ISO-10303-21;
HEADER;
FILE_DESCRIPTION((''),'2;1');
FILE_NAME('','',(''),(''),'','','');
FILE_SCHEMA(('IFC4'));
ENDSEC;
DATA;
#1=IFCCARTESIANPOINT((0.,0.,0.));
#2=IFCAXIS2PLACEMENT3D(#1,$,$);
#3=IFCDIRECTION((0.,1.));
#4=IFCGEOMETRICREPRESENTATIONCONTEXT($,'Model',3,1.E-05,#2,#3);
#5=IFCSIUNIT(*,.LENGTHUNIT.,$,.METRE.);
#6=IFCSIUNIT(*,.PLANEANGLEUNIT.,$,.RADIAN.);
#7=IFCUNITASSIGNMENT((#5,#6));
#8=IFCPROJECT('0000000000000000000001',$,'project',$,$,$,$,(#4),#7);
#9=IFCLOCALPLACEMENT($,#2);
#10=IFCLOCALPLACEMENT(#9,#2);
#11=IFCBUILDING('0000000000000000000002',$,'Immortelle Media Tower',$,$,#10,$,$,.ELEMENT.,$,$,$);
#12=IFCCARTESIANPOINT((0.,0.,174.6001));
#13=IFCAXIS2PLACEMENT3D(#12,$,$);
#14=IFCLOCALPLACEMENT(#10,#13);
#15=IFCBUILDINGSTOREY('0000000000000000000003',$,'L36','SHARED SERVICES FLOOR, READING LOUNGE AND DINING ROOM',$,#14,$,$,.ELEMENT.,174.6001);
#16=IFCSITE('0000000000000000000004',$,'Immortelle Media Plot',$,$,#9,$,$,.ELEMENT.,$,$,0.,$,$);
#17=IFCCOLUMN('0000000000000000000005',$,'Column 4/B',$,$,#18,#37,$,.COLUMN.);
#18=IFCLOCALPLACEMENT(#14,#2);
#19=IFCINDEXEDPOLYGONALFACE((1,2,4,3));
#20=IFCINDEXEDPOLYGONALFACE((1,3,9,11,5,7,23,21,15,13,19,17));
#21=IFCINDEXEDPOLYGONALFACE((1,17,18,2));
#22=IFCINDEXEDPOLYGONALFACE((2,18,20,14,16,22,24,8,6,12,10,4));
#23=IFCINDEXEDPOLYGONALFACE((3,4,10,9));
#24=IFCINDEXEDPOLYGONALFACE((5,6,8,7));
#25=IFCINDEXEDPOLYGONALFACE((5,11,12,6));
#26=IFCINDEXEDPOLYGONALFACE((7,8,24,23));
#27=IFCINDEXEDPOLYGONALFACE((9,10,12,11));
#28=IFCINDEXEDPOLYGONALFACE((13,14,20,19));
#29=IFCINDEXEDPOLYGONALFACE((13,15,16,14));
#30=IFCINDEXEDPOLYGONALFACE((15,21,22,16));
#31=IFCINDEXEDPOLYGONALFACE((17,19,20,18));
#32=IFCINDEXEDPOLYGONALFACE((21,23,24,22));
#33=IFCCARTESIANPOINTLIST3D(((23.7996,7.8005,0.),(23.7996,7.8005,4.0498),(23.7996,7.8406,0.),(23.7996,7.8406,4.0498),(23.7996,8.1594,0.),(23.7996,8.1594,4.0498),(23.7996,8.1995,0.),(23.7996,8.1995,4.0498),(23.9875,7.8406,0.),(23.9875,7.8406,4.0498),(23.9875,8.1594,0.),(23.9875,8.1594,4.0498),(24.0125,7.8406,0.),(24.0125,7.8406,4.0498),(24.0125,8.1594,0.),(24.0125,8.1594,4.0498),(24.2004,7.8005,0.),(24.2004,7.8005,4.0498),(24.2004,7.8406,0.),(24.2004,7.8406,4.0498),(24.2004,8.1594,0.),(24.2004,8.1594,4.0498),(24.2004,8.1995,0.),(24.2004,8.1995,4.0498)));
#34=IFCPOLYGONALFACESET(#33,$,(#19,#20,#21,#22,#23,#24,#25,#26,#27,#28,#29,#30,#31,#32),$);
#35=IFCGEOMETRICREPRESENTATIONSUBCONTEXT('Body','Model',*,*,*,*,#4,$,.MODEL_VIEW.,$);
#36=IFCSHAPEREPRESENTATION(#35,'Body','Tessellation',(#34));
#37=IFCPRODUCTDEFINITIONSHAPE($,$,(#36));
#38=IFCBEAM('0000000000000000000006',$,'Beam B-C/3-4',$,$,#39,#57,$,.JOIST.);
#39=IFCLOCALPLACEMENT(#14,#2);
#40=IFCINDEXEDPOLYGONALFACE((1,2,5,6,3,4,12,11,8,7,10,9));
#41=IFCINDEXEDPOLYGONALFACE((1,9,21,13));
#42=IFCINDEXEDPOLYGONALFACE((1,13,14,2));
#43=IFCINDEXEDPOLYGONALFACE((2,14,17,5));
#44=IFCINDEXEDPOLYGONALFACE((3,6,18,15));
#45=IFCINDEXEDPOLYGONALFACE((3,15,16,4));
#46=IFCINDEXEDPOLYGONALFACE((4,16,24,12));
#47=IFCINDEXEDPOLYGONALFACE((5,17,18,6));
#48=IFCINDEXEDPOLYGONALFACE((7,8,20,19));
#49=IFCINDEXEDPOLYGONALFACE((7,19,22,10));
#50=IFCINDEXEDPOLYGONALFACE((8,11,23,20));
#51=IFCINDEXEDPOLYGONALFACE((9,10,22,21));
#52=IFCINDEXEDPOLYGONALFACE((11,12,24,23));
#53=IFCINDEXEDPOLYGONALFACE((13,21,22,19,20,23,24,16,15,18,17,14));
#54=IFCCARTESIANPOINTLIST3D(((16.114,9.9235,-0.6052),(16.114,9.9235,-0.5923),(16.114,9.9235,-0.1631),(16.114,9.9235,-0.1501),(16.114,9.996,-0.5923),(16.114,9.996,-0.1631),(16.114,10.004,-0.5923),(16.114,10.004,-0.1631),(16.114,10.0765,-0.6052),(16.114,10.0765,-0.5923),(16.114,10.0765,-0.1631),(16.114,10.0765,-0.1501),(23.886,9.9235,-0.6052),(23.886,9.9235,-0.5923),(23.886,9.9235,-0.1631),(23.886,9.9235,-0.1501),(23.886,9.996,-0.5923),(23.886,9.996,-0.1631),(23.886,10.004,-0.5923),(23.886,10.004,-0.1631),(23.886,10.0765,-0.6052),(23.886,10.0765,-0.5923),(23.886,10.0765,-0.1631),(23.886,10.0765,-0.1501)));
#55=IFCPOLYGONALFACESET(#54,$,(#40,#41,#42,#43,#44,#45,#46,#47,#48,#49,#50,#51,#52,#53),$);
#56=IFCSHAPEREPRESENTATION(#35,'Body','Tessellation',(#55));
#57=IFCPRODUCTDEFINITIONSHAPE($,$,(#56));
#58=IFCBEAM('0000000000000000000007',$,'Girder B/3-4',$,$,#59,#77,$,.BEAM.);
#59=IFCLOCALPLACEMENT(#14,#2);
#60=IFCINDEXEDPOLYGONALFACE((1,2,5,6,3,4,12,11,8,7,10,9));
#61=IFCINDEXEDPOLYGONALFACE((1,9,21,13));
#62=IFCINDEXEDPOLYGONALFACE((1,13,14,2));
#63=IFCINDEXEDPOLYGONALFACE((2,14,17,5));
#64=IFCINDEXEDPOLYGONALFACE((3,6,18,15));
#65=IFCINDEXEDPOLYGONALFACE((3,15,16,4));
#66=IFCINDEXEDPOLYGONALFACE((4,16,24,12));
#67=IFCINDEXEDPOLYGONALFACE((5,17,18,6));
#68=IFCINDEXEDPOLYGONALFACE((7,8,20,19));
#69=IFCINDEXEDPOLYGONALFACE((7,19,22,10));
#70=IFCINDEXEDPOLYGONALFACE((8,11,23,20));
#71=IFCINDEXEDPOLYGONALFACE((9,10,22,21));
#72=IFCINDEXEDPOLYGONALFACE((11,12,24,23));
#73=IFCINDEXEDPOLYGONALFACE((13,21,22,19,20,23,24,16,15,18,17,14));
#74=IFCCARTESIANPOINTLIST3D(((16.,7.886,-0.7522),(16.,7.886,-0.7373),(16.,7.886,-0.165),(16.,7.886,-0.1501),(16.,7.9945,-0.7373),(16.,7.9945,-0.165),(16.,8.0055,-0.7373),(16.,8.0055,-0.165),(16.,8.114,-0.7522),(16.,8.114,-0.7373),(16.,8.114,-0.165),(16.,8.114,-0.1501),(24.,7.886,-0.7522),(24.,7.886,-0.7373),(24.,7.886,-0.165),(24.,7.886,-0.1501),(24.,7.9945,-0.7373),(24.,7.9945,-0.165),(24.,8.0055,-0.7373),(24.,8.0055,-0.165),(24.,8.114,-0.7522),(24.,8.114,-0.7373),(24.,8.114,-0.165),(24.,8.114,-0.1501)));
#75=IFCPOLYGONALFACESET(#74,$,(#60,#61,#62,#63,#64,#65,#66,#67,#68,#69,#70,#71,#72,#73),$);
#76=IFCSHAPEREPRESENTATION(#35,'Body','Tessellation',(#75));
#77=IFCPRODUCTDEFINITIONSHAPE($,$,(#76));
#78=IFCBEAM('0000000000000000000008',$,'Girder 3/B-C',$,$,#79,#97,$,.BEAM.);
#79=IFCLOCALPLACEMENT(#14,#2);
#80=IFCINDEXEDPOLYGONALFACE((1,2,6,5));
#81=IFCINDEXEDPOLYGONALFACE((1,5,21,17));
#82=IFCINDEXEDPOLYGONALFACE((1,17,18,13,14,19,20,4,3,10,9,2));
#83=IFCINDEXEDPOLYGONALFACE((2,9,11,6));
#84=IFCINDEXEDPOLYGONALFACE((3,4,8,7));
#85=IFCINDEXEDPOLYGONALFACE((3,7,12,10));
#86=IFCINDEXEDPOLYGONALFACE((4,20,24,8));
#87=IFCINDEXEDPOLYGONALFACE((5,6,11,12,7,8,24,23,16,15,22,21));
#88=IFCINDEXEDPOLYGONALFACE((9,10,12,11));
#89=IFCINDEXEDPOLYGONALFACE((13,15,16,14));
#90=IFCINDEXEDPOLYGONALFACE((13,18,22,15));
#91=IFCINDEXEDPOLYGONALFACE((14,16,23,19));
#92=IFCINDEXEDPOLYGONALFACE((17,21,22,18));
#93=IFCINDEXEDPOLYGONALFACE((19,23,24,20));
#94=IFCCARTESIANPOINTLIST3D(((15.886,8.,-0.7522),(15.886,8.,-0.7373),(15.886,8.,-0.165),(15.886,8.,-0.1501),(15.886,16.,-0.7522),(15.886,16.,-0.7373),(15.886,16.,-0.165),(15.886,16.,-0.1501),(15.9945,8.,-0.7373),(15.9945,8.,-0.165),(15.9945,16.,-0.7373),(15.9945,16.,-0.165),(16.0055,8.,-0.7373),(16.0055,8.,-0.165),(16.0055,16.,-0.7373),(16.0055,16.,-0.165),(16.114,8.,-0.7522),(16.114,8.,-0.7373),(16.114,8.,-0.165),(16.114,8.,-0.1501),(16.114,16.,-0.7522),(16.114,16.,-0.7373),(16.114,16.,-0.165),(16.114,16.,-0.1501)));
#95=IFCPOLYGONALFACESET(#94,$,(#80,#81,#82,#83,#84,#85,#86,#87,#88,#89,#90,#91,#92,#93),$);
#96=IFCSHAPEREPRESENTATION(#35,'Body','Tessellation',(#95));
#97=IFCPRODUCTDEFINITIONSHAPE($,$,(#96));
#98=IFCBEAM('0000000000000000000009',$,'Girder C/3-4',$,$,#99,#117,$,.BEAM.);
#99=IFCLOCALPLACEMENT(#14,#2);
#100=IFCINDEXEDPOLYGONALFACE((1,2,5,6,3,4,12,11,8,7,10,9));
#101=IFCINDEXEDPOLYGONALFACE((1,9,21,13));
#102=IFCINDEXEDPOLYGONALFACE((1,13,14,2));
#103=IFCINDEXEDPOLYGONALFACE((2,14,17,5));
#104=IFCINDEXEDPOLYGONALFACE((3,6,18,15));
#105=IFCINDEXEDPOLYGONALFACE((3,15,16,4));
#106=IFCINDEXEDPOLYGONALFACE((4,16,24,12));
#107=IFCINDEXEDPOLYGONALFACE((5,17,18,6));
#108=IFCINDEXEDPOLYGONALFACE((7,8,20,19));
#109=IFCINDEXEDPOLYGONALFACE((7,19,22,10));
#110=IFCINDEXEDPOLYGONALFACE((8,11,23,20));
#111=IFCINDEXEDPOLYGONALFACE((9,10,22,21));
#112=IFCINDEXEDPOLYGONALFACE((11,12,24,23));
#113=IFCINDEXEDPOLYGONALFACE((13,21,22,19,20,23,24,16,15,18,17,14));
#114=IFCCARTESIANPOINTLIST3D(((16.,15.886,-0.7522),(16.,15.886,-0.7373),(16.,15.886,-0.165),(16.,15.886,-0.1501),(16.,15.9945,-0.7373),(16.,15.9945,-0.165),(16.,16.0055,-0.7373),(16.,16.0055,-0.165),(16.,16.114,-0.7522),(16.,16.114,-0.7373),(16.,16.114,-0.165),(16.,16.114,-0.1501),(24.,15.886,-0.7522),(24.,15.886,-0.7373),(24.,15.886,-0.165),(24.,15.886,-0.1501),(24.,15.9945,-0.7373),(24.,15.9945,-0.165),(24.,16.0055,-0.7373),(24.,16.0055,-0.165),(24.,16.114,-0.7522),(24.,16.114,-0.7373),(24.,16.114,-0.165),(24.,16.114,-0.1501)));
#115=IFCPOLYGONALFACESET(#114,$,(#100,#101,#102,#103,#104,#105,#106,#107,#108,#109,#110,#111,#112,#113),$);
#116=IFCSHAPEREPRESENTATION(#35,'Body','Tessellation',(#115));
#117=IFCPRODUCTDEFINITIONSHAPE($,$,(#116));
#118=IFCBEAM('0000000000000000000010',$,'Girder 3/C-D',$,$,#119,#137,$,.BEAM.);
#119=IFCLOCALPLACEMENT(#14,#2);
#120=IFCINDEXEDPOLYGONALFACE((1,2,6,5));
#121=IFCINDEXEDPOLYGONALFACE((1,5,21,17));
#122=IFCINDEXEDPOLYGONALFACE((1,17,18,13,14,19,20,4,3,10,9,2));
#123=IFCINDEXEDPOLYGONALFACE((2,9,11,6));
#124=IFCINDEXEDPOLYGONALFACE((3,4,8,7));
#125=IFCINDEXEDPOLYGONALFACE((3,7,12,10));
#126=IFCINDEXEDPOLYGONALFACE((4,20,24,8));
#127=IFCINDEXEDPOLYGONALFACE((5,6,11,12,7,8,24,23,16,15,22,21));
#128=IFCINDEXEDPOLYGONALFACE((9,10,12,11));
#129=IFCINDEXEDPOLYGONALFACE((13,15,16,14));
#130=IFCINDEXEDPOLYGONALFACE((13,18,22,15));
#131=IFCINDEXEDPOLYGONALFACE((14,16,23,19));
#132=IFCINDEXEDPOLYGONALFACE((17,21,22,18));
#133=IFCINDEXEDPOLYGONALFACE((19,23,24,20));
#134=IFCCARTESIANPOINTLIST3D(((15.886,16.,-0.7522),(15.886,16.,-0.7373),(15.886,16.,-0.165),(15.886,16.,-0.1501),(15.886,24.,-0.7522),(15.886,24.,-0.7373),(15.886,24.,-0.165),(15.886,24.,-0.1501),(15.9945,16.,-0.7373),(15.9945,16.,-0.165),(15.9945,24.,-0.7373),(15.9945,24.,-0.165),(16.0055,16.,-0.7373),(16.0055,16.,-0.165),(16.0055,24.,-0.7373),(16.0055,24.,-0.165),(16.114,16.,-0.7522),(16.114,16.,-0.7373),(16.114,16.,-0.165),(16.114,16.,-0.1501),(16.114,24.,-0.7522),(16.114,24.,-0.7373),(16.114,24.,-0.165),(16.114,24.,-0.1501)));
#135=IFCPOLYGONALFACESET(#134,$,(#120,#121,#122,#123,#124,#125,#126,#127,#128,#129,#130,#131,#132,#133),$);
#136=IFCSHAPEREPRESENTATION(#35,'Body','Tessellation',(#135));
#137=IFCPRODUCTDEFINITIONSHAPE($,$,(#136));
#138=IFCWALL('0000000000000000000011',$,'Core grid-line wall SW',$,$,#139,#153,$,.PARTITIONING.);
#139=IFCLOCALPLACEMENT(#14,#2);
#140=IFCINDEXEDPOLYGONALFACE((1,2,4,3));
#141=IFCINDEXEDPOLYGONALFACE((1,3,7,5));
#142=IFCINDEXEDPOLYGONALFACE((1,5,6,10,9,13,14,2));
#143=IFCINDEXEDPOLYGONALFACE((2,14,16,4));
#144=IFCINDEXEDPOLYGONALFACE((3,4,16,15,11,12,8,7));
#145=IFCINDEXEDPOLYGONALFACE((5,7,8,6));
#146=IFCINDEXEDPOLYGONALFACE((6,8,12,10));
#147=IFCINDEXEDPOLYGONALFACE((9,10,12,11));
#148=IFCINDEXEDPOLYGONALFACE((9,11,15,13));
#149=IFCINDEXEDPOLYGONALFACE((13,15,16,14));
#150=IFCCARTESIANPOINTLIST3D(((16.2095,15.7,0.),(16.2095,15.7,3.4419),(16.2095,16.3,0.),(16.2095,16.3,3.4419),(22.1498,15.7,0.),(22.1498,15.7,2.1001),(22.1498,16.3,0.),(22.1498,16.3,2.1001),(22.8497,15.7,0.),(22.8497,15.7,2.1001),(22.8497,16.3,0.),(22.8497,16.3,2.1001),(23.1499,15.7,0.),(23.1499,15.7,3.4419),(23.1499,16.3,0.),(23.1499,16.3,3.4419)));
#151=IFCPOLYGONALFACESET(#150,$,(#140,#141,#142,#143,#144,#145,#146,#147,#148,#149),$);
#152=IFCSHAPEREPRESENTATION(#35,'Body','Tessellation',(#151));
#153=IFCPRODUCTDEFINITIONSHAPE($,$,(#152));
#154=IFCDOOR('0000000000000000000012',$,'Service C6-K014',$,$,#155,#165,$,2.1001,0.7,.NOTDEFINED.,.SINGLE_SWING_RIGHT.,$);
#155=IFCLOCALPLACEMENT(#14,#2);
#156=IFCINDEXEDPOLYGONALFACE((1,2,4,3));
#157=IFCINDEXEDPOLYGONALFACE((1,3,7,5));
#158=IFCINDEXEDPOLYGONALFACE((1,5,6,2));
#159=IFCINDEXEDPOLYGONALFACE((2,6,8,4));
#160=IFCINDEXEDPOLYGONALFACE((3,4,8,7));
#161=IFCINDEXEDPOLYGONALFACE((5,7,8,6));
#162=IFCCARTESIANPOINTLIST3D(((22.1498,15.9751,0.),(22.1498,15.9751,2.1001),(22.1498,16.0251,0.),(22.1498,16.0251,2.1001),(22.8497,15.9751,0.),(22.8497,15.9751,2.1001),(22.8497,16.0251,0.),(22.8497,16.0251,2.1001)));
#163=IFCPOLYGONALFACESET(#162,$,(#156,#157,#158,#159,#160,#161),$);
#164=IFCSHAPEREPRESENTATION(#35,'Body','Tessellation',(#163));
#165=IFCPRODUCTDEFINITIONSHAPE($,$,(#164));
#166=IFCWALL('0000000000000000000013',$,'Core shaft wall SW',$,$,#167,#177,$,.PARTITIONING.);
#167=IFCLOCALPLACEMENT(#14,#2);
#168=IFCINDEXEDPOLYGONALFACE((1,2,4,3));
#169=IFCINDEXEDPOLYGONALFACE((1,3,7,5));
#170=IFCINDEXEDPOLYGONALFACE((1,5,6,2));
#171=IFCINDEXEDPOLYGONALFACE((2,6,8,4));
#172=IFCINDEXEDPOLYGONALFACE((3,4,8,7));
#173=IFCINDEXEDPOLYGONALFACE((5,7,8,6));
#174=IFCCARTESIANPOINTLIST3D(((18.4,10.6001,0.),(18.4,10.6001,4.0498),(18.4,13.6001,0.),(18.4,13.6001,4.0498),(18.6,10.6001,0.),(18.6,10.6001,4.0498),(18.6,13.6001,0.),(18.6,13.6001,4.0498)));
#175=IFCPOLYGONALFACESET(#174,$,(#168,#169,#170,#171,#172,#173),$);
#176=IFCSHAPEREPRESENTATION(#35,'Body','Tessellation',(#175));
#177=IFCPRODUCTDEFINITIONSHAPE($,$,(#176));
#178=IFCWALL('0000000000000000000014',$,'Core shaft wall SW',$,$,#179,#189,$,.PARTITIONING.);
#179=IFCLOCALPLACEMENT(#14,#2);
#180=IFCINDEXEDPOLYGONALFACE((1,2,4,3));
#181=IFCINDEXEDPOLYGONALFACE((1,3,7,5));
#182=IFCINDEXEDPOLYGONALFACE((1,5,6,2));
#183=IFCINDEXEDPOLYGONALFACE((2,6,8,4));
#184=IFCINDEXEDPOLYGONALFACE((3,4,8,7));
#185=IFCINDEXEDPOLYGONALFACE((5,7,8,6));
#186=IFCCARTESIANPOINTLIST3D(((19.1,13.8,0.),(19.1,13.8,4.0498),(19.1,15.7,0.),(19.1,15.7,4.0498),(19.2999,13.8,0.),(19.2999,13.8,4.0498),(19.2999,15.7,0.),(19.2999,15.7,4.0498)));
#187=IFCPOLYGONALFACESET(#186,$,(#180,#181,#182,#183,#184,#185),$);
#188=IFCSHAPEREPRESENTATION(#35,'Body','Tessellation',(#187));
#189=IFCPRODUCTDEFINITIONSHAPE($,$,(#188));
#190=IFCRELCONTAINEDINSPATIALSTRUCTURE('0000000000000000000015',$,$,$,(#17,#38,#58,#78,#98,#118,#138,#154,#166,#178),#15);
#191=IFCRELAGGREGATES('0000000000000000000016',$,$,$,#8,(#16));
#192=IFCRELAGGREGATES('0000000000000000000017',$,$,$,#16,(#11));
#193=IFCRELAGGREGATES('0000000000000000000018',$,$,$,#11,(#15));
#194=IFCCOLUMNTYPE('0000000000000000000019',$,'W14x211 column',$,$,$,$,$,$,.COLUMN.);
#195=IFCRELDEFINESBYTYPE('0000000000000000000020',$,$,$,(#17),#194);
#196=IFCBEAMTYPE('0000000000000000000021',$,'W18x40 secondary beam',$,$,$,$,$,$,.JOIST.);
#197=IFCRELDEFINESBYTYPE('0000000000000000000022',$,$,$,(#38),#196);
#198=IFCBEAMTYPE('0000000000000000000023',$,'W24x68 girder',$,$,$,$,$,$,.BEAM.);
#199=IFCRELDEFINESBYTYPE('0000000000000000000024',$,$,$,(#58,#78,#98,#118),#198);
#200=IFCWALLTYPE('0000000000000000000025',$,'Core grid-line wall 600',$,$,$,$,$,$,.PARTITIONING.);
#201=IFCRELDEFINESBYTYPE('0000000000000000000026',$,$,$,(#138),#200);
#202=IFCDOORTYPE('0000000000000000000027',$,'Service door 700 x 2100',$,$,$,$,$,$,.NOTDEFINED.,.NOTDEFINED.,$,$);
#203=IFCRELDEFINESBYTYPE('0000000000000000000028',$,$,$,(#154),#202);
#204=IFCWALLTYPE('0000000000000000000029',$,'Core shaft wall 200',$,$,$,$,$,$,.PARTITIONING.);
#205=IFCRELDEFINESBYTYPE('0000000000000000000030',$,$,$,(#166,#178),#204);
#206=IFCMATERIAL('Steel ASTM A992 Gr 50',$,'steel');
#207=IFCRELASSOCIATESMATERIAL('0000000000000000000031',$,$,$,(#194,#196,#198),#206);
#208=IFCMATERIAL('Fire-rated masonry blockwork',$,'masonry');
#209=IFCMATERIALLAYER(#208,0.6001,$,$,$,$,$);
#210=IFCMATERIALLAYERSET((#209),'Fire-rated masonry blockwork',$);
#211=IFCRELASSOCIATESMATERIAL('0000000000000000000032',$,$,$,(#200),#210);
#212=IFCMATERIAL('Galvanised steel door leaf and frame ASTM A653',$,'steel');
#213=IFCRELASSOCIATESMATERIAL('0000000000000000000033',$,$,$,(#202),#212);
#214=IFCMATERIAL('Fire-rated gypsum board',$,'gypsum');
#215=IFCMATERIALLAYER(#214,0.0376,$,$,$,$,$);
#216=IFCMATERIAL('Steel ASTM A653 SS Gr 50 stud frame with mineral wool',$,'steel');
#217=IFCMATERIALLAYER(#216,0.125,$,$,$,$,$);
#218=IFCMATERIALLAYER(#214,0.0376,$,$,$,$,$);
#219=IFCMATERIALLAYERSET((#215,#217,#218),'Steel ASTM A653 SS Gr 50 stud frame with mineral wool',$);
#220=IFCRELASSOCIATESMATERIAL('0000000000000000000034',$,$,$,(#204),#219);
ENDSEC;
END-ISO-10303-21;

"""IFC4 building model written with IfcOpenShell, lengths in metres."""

from ifc_helpers import new_model, si_unit, direction, frame, frame_2d, origin, origin_2d, place, context, subcontext, project, spatial, rectangle, i_section, extrude, material, layer, layer_set, material_profile, profile_set, type_object, element, fill, save


model = new_model("IFC4")

# Units and contexts
model_context = context("Model", 3, precision=1e-05, world=origin(), true_north=direction((0.0, 1.0)))
body_context = subcontext(model_context, "Body", "Model", "MODEL_VIEW")
ifc_project = project(units=[si_unit("LENGTHUNIT", "METRE"), si_unit("PLANEANGLEUNIT", "RADIAN")], contexts=[model_context])

# Site, building, storey
site_placement = place(None, origin())
site = spatial("IfcSite", under=ifc_project, at=site_placement, Name="Immortelle Media Plot", CompositionType="ELEMENT", RefElevation=0.0)
building_placement = place(site_placement, origin())
building = spatial("IfcBuilding", under=site, at=building_placement, Name="Immortelle Media Tower", CompositionType="ELEMENT")
storey_placement = place(building_placement, frame((0.0, 0.0, 174.6001)))
storey = spatial("IfcBuildingStorey", under=building, at=storey_placement, Name="L36", Description="SHARED SERVICES FLOOR, READING LOUNGE AND DINING ROOM", CompositionType="ELEMENT", Elevation=174.6001)

# Column
ifc_material_1 = material(Name="Steel ASTM A992 Gr 50", Category="steel")
ifc_material_profile_1 = material_profile(ifc_material_1, i_section(OverallWidth=0.4009, OverallDepth=0.3989, WebThickness=0.0249, FlangeThickness=0.04, at=origin_2d()), Name="W14x211")
ifc_profile_set_1 = profile_set([ifc_material_profile_1], Name="Steel ASTM A992 Gr 50")
column_type = type_object("IfcColumnType", Name="W14x211 column", PredefinedType="COLUMN", material=ifc_profile_set_1)
column_placement = place(storey_placement, frame((24.0, 8.0, 0.0), z_axis=(0.0, 0.0, 1.0), x_axis=(1.0, 0.0, 0.0)))
element("IfcColumn", 1, at=column_placement, inside=storey, type_object=column_type, Name="Column 4/B", PredefinedType="COLUMN", context=body_context, shape_type="SweptSolid", body=[
    extrude(i_section(OverallWidth=0.4009, OverallDepth=0.3989, WebThickness=0.0249, FlangeThickness=0.04, at=origin_2d()), origin(), (0.0, 0.0, 1.0), 4.0498),
])

# Beams
ifc_material_profile_2 = material_profile(ifc_material_1, i_section(OverallWidth=0.1531, OverallDepth=0.4551, WebThickness=0.0081, FlangeThickness=0.0129, at=origin_2d()), Name="W18x40")
ifc_profile_set_2 = profile_set([ifc_material_profile_2], Name="Steel ASTM A992 Gr 50")
beam_type_1 = type_object("IfcBeamType", Name="W18x40 secondary beam", PredefinedType="JOIST", material=ifc_profile_set_2)
beam_placement = place(storey_placement, frame((16.114, 10.0, -0.3777), z_axis=(1.0, 0.0, 0.0), x_axis=(0.0, 1.0, 0.0)))
element("IfcBeam", 2, at=beam_placement, inside=storey, type_object=beam_type_1, Name="Beam B-C/3-4", PredefinedType="JOIST", context=body_context, shape_type="SweptSolid", body=[
    extrude(i_section(OverallWidth=0.1531, OverallDepth=0.4551, WebThickness=0.0081, FlangeThickness=0.0129, at=origin_2d()), origin(), (0.0, 0.0, 1.0), 7.772),
])
ifc_material_profile_3 = material_profile(ifc_material_1, i_section(OverallWidth=0.228, OverallDepth=0.6021, WebThickness=0.011, FlangeThickness=0.0149, at=origin_2d()), Name="W24x68")
ifc_profile_set_3 = profile_set([ifc_material_profile_3], Name="Steel ASTM A992 Gr 50")
beam_type_2 = type_object("IfcBeamType", Name="W24x68 girder", PredefinedType="BEAM", material=ifc_profile_set_3)
for number, where, z_axis, x_axis, name in (
    (3, (16.0, 8.0, -0.4512), (1.0, 0.0, 0.0), (0.0, 1.0, 0.0), "Girder B/3-4"),
    (4, (16.0, 8.0, -0.4512), (0.0, 1.0, 0.0), (-1.0, 0.0, 0.0), "Girder 3/B-C"),
    (5, (16.0, 16.0, -0.4512), (1.0, 0.0, 0.0), (0.0, 1.0, 0.0), "Girder C/3-4"),
    (6, (16.0, 16.0, -0.4512), (0.0, 1.0, 0.0), (-1.0, 0.0, 0.0), "Girder 3/C-D"),
):
    element("IfcBeam", number, at=place(storey_placement, frame(where, z_axis=z_axis, x_axis=x_axis)), inside=storey, type_object=beam_type_2, Name=name, PredefinedType="BEAM", context=body_context, shape_type="SweptSolid", body=[
        extrude(i_section(OverallWidth=0.228, OverallDepth=0.6021, WebThickness=0.011, FlangeThickness=0.0149, at=origin_2d()), origin(), (0.0, 0.0, 1.0), 8.0),
    ])

# Wall, opening, door
ifc_material_2 = material(Name="Fire-rated masonry blockwork", Category="masonry")
ifc_layer_1 = layer(ifc_material_2, 0.6001)
ifc_layer_set_1 = layer_set([ifc_layer_1], Name="Fire-rated masonry blockwork")
wall_type_1 = type_object("IfcWallType", Name="Core grid-line wall 600", PredefinedType="PARTITIONING", material=ifc_layer_set_1)
wall_1_placement = place(storey_placement, frame((16.2095, 16.0, 0.0), z_axis=(0.0, 0.0, 1.0), x_axis=(1.0, 0.0, 0.0)))
wall_1 = element("IfcWall", 7, at=wall_1_placement, inside=storey, type_object=wall_type_1, Name="Core grid-line wall SW", PredefinedType="PARTITIONING", context=body_context, shape_type="SweptSolid", body=[
    extrude(rectangle(XDim=6.9404, YDim=0.6001, at=frame_2d((3.4702, 0.0))), origin(), (0.0, 0.0, 1.0), 3.4419),
])
opening_1_placement = place(wall_1_placement, frame((6.6404, 0.0, 0.0), z_axis=(0.0, 0.0, 1.0), x_axis=(-1.0, 0.0, 0.0)))
opening_1 = element("IfcOpeningElement", 8, at=opening_1_placement, cuts=wall_1, PredefinedType="OPENING", context=body_context, shape_type="SweptSolid", body=[
    extrude(rectangle(XDim=0.7, YDim=2.1001, at=frame_2d((0.3501, 1.05))), frame((0.0, 0.3101, 0.0), z_axis=(0.0, -1.0, 0.0), x_axis=(1.0, 0.0, 0.0)), (0.0, 0.0, 1.0), 0.6201),
])
ifc_material_3 = material(Name="Galvanised steel door leaf and frame ASTM A653", Category="steel")
door_type_1 = type_object("IfcDoorType", Name="Service door 700 x 2100", OperationType="NOTDEFINED", PredefinedType="NOTDEFINED", material=ifc_material_3)
door_1_placement = place(opening_1_placement, origin())
door_1 = element("IfcDoor", 9, at=door_1_placement, inside=storey, type_object=door_type_1, Name="Service C6-K014", OperationType="SINGLE_SWING_RIGHT", OverallHeight=2.1001, OverallWidth=0.7, PredefinedType="NOTDEFINED", context=body_context, shape_type="SweptSolid", body=[
    extrude(rectangle(XDim=0.7, YDim=2.1001, at=frame_2d((0.3501, 1.05))), frame((0.0, 0.0249, 0.0), z_axis=(0.0, -1.0, 0.0), x_axis=(1.0, 0.0, 0.0)), (0.0, 0.0, 1.0), 0.05),
])
fill(opening_1, door_1)

# Walls
ifc_material_4 = material(Name="Fire-rated gypsum board", Category="gypsum")
ifc_layer_2 = layer(ifc_material_4, 0.0376)
ifc_material_5 = material(Name="Steel ASTM A653 SS Gr 50 stud frame with mineral wool", Category="steel")
ifc_layer_3 = layer(ifc_material_5, 0.125)
ifc_layer_4 = layer(ifc_material_4, 0.0376)
ifc_layer_set_2 = layer_set([ifc_layer_2, ifc_layer_3, ifc_layer_4], Name="Steel ASTM A653 SS Gr 50 stud frame with mineral wool")
wall_type_2 = type_object("IfcWallType", Name="Core shaft wall 200", PredefinedType="PARTITIONING", material=ifc_layer_set_2)
wall_2_placement = place(storey_placement, frame((18.5, 10.6001, 0.0), z_axis=(0.0, 0.0, 1.0), x_axis=(0.0, 1.0, 0.0)))
element("IfcWall", 10, at=wall_2_placement, inside=storey, type_object=wall_type_2, Name="Core shaft wall SW", PredefinedType="PARTITIONING", context=body_context, shape_type="SweptSolid", body=[
    extrude(rectangle(XDim=3.0, YDim=0.2, at=frame_2d((1.5, 0.0))), origin(), (0.0, 0.0, 1.0), 4.0498),
])
wall_3_placement = place(storey_placement, frame((19.2, 13.8, 0.0), z_axis=(0.0, 0.0, 1.0), x_axis=(0.0, 1.0, 0.0)))
element("IfcWall", 11, at=wall_3_placement, inside=storey, type_object=wall_type_2, Name="Core shaft wall SW", PredefinedType="PARTITIONING", context=body_context, shape_type="SweptSolid", body=[
    extrude(rectangle(XDim=1.8999, YDim=0.2, at=frame_2d((0.95, 0.0))), origin(), (0.0, 0.0, 1.0), 4.0498),
])

save(model, "model.ifc")
